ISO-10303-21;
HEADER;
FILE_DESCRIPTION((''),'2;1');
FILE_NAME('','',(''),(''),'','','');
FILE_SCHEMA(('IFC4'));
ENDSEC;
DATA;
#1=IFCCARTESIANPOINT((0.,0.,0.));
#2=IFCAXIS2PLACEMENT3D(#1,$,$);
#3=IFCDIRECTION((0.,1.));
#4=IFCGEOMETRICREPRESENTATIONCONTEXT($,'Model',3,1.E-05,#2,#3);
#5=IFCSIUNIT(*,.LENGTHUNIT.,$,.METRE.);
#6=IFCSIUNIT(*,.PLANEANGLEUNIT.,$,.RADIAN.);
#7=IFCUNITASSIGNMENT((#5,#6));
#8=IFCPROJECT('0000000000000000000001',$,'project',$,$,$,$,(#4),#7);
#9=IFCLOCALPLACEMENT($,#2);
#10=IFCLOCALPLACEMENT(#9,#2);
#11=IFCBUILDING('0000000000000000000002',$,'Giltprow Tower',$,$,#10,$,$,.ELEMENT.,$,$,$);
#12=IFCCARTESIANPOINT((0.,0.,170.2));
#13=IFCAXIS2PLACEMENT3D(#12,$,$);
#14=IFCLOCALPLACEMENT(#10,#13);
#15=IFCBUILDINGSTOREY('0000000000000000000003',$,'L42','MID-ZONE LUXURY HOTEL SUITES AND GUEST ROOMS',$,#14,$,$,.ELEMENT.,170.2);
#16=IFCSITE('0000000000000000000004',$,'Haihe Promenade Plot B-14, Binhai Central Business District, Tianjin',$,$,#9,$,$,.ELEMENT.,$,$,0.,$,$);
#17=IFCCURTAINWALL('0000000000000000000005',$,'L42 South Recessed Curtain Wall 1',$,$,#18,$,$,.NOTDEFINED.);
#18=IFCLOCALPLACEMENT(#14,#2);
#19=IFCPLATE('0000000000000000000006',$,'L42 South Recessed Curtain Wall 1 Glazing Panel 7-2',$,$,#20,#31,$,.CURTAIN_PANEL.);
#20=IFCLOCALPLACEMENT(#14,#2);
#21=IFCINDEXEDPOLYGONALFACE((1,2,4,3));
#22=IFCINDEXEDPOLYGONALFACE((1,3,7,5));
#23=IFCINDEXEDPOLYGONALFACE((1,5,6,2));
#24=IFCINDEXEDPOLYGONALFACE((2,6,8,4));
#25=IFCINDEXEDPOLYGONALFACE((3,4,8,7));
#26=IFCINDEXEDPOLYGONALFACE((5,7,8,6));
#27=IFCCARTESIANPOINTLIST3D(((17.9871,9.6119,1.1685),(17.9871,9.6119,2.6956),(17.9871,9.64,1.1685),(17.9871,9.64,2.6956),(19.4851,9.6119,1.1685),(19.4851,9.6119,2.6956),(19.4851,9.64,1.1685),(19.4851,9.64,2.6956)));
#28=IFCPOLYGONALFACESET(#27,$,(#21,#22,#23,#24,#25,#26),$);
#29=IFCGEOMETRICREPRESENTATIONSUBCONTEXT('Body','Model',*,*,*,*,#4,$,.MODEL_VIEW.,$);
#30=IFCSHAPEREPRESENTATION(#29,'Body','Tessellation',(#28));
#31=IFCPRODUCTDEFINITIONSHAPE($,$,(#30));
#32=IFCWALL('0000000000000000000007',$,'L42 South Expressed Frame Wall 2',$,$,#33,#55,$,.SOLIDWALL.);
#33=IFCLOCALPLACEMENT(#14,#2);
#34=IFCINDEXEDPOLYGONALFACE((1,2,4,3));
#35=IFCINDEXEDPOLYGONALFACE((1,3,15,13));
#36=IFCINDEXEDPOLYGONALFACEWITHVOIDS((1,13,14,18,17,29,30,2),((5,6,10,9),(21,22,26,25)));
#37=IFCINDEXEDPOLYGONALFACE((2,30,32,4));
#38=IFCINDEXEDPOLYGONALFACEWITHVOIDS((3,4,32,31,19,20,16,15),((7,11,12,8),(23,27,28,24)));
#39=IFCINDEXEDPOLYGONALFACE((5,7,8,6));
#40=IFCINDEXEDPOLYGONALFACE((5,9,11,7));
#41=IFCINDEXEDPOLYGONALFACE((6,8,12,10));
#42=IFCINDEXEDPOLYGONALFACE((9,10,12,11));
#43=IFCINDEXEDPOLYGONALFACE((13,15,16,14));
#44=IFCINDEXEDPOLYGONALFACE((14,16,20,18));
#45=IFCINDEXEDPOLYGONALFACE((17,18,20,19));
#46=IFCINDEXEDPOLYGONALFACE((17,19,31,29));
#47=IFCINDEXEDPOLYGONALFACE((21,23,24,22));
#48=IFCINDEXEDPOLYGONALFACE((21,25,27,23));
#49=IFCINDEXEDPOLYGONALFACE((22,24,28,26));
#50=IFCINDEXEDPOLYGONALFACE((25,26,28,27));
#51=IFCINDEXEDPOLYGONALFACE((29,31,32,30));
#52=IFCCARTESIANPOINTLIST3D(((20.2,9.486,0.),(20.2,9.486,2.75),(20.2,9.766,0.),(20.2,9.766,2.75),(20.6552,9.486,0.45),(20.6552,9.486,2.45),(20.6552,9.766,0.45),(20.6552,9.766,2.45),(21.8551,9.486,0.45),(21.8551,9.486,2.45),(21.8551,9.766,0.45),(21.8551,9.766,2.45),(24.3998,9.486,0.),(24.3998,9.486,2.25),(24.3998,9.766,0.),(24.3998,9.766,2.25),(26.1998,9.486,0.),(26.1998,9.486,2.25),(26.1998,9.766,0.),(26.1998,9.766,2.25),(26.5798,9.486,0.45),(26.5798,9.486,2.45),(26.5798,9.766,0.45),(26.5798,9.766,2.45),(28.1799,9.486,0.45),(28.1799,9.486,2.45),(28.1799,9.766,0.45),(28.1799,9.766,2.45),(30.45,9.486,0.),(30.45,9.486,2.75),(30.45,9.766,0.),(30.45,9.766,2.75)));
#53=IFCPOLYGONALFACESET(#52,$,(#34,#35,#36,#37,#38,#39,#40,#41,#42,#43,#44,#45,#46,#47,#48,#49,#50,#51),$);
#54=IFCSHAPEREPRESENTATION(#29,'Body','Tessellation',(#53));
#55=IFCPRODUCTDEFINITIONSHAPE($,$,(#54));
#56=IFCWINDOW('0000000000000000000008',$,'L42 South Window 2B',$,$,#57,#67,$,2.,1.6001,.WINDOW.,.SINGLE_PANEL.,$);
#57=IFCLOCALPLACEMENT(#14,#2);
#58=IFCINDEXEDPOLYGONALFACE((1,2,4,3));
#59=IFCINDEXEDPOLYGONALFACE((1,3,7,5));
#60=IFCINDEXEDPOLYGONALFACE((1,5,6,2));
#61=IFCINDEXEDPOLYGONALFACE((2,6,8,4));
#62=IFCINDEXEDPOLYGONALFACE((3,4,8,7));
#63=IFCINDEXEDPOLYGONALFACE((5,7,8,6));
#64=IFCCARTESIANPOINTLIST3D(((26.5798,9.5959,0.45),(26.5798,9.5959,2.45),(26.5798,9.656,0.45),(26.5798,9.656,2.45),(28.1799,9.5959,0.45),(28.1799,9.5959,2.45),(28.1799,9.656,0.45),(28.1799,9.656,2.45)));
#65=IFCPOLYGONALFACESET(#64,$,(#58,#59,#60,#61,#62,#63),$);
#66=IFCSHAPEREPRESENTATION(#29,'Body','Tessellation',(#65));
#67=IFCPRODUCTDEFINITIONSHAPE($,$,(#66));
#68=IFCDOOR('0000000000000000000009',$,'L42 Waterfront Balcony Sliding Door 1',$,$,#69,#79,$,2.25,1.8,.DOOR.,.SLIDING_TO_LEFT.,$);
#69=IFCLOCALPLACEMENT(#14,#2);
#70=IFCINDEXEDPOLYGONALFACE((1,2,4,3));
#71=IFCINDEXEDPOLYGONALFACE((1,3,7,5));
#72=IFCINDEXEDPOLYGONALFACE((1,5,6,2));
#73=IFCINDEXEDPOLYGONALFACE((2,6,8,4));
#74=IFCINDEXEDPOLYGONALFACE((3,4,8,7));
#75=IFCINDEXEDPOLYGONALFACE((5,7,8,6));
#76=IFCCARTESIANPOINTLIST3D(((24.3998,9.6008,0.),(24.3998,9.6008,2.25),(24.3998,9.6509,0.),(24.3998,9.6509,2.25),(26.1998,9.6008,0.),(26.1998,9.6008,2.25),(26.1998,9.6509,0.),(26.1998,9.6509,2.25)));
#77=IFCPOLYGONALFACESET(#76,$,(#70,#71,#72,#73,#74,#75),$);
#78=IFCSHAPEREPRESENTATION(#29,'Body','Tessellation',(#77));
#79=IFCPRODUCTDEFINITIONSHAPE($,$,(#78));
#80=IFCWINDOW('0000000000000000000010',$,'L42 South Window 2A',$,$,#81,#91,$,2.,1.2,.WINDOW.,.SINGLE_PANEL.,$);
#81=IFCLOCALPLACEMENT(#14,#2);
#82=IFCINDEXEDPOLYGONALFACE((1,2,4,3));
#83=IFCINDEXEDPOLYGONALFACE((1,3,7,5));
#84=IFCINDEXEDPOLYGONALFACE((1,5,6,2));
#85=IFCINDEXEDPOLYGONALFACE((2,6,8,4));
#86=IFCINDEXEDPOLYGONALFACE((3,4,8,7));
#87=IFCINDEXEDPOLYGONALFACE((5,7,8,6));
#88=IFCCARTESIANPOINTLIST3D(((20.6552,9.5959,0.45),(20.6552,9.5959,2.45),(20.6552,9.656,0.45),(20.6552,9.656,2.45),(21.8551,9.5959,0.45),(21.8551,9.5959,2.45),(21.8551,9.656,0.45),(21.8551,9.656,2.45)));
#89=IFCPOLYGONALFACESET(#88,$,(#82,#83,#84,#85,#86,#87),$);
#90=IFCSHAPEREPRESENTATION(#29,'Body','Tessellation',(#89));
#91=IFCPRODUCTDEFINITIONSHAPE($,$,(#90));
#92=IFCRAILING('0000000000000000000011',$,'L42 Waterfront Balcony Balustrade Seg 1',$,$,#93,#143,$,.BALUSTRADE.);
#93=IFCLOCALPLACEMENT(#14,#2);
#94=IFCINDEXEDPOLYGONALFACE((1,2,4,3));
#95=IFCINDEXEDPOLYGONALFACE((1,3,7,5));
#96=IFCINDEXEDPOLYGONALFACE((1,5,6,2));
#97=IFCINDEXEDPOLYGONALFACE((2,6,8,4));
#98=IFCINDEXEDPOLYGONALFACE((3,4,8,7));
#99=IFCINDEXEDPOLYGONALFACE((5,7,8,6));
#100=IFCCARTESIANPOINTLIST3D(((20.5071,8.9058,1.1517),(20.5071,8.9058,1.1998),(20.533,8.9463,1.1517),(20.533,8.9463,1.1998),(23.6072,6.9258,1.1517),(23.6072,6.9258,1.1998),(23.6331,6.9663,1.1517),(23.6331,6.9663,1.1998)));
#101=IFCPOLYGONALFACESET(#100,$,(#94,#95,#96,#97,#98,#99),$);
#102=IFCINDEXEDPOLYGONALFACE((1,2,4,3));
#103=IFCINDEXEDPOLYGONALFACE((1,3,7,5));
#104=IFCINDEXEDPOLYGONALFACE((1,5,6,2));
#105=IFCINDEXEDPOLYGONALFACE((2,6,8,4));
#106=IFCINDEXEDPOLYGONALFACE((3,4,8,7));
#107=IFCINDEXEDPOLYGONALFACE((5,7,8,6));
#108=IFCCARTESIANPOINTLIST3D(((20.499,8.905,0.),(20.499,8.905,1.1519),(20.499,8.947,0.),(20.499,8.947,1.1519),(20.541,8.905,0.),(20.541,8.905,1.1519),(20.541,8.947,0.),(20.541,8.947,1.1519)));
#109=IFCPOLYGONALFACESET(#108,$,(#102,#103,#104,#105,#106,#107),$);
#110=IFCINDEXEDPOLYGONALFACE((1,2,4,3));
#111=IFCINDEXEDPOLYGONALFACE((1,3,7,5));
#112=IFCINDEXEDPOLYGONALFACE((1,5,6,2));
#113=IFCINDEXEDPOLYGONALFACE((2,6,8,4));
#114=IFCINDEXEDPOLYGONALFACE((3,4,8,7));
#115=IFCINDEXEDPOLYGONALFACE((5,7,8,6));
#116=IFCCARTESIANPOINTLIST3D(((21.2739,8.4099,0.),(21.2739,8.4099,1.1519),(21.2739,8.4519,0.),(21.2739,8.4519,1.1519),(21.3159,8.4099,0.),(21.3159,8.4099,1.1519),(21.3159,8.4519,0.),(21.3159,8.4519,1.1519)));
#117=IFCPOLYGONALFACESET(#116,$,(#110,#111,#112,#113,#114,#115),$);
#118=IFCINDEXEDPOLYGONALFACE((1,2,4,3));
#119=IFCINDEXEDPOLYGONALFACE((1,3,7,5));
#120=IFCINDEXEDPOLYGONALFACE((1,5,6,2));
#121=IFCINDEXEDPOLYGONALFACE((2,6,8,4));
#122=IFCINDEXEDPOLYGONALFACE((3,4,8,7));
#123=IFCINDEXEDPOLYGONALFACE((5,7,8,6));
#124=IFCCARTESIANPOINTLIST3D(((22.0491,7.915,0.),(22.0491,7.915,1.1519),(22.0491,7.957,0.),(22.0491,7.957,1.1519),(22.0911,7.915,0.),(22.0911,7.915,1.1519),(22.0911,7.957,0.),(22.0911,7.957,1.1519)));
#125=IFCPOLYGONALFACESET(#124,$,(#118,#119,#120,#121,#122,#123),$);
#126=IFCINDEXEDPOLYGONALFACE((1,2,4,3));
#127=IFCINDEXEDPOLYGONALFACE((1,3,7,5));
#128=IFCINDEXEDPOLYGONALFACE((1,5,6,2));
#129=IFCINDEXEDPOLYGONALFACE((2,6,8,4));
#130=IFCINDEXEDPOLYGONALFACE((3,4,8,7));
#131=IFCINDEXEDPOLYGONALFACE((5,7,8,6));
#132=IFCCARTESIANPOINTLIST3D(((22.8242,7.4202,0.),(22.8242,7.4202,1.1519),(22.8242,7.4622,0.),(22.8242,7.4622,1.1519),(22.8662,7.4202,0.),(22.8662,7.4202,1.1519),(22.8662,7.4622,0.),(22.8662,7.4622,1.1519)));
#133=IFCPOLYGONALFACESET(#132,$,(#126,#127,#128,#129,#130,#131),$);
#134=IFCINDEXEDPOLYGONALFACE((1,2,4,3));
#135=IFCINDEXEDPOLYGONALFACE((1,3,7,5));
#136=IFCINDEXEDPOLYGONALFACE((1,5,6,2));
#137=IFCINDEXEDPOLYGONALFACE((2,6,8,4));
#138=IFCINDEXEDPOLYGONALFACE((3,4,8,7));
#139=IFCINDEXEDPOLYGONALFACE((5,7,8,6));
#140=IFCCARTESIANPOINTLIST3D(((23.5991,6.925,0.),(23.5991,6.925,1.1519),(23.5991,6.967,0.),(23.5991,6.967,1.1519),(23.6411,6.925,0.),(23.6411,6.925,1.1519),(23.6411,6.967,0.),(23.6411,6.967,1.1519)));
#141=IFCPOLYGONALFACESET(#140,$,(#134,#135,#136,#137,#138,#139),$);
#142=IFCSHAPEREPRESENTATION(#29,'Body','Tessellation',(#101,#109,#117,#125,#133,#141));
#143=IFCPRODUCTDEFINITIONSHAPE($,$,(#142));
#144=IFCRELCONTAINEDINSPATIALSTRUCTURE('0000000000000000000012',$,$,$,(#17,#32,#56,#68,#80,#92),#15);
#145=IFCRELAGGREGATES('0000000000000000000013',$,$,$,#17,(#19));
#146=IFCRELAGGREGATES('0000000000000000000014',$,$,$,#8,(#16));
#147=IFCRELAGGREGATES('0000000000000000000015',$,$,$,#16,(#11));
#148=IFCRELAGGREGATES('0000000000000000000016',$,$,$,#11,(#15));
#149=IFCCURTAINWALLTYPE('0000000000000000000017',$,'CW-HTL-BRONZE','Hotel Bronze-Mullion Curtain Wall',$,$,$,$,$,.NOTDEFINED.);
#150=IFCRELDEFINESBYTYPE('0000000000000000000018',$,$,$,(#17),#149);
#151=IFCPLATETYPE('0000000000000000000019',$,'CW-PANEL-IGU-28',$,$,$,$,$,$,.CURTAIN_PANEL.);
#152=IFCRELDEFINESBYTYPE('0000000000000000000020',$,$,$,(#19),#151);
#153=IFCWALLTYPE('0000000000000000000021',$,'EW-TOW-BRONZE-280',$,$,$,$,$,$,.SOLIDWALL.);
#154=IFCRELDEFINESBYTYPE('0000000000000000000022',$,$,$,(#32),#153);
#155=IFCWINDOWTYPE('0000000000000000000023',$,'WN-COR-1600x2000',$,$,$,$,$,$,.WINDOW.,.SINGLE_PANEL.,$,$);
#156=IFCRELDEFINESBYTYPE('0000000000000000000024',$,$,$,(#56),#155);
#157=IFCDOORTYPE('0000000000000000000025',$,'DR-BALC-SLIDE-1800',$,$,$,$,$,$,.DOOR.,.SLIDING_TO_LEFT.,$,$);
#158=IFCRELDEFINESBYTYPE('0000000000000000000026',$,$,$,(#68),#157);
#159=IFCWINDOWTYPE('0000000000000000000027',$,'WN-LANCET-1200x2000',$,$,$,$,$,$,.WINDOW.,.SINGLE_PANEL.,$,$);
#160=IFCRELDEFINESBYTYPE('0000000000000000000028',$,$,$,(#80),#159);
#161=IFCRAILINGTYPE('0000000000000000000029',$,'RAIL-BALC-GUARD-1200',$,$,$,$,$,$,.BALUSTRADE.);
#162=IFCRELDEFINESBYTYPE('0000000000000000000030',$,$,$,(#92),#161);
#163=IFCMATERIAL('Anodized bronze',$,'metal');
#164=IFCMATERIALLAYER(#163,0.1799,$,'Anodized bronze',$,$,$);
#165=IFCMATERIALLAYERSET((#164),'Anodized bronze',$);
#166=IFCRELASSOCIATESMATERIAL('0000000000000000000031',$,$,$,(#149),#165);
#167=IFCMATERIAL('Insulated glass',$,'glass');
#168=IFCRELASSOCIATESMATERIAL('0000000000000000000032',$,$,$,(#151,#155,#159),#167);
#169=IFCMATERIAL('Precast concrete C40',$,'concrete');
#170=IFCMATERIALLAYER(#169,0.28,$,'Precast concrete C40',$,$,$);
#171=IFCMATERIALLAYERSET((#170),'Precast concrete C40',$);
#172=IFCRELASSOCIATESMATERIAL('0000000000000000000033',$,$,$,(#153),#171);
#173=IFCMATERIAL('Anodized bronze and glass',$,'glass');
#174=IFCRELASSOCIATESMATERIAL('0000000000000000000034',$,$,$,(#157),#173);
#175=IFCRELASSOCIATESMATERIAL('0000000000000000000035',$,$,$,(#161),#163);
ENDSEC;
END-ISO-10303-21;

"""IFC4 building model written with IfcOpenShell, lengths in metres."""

from ifc_helpers import new_model, si_unit, direction, frame, frame_2d, origin, origin_2d, place, context, subcontext, project, spatial, rectangle, extrude, source, transform, mapped, material, layer, layer_set, type_object, element, fill, aggregate, save


model = new_model("IFC4")

# Units and contexts
model_context = context("Model", 3, precision=1e-05, world=origin(), true_north=direction((0.0, 1.0)))
body_context = subcontext(model_context, "Body", "Model", "MODEL_VIEW")
ifc_project = project(units=[si_unit("LENGTHUNIT", "METRE"), si_unit("PLANEANGLEUNIT", "RADIAN")], contexts=[model_context])

# Site, building, storey
site_placement = place(None, origin())
site = spatial("IfcSite", under=ifc_project, at=site_placement, Name="Haihe Promenade Plot B-14, Binhai Central Business District, Tianjin", CompositionType="ELEMENT", RefElevation=0.0)
building_placement = place(site_placement, origin())
building = spatial("IfcBuilding", under=site, at=building_placement, Name="Giltprow Tower", CompositionType="ELEMENT")
storey_placement = place(building_placement, frame((0.0, 0.0, 170.2)))
storey = spatial("IfcBuildingStorey", under=building, at=storey_placement, Name="L42", Description="MID-ZONE LUXURY HOTEL SUITES AND GUEST ROOMS", CompositionType="ELEMENT", Elevation=170.2)

# Curtain wall, plate
ifc_material_1 = material(Name="Anodized bronze", Category="metal")
ifc_layer_1 = layer(ifc_material_1, 0.1799, Name="Anodized bronze")
ifc_layer_set_1 = layer_set([ifc_layer_1], Name="Anodized bronze")
curtain_wall_type = type_object("IfcCurtainWallType", Name="CW-HTL-BRONZE", Description="Hotel Bronze-Mullion Curtain Wall", PredefinedType="NOTDEFINED", material=ifc_layer_set_1)
curtain_wall_placement = place(storey_placement, origin())
curtain_wall = element("IfcCurtainWall", 1, at=curtain_wall_placement, inside=storey, type_object=curtain_wall_type, Name="L42 South Recessed Curtain Wall 1", PredefinedType="NOTDEFINED")
ifc_material_2 = material(Name="Insulated glass", Category="glass")
plate_type = type_object("IfcPlateType", Name="CW-PANEL-IGU-28", PredefinedType="CURTAIN_PANEL", material=ifc_material_2)
shared_shape_1 = source(origin(), body_context, "Body", "SweptSolid", [
    extrude(rectangle(XDim=1.498, YDim=0.0281, at=origin_2d()), origin(), (0.0, 0.0, 1.0), 1.5271),
])
plate_1_placement = place(storey_placement, frame((18.7361, 9.626, 1.1685), z_axis=(0.0, 0.0, 1.0), x_axis=(1.0, 0.0, 0.0)))
plate_1 = element("IfcPlate", 2, at=plate_1_placement, type_object=plate_type, Name="L42 South Recessed Curtain Wall 1 Glazing Panel 7-2", PredefinedType="CURTAIN_PANEL", context=body_context, shape_type="MappedRepresentation", body=[
    mapped(shared_shape_1, transform((0.0, 0.0, 0.0), x_axis=(1.0, 0.0, 0.0), y_axis=(0.0, 1.0, 0.0), z_axis=(0.0, 0.0, 1.0), scale=1.0)),
])
aggregate(curtain_wall, [plate_1])

# Wall, openings, windows, door
ifc_material_3 = material(Name="Precast concrete C40", Category="concrete")
ifc_layer_2 = layer(ifc_material_3, 0.28, Name="Precast concrete C40")
ifc_layer_set_2 = layer_set([ifc_layer_2], Name="Precast concrete C40")
wall_type = type_object("IfcWallType", Name="EW-TOW-BRONZE-280", PredefinedType="SOLIDWALL", material=ifc_layer_set_2)
wall_placement = place(storey_placement, frame((20.2, 9.626, 0.0), z_axis=(0.0, 0.0, 1.0), x_axis=(1.0, 0.0, 0.0)))
wall = element("IfcWall", 3, at=wall_placement, inside=storey, type_object=wall_type, Name="L42 South Expressed Frame Wall 2", PredefinedType="SOLIDWALL", context=body_context, shape_type="SweptSolid", body=[
    extrude(rectangle(XDim=10.25, YDim=0.28, at=frame_2d((5.125, 0.0))), origin(), (0.0, 0.0, 1.0), 2.75),
])
opening_1_placement = place(wall_placement, frame((4.2, 0.0, 0.0)))
opening_1 = element("IfcOpeningElement", 4, at=opening_1_placement, cuts=wall, PredefinedType="OPENING", context=body_context, shape_type="SweptSolid", body=[
    extrude(rectangle(XDim=1.8, YDim=2.25, at=frame_2d((0.8999, 1.125))), frame((0.0, 0.1499, 0.0), z_axis=(0.0, -1.0, 0.0), x_axis=(1.0, 0.0, 0.0)), (0.0, 0.0, 1.0), 0.3),
])
opening_2_placement = place(wall_placement, frame((0.4551, 0.0, 0.45)))
opening_2 = element("IfcOpeningElement", 5, at=opening_2_placement, cuts=wall, PredefinedType="OPENING", context=body_context, shape_type="SweptSolid", body=[
    extrude(rectangle(XDim=1.2, YDim=2.0, at=frame_2d((0.6001, 1.0))), frame((0.0, 0.1499, 0.0), z_axis=(0.0, -1.0, 0.0), x_axis=(1.0, 0.0, 0.0)), (0.0, 0.0, 1.0), 0.3),
])
opening_3_placement = place(wall_placement, frame((6.3799, 0.0, 0.45)))
opening_3 = element("IfcOpeningElement", 6, at=opening_3_placement, cuts=wall, PredefinedType="OPENING", context=body_context, shape_type="SweptSolid", body=[
    extrude(rectangle(XDim=1.6001, YDim=2.0, at=frame_2d((0.8, 1.0))), frame((0.0, 0.1499, 0.0), z_axis=(0.0, -1.0, 0.0), x_axis=(1.0, 0.0, 0.0)), (0.0, 0.0, 1.0), 0.3),
])
window_type_1 = type_object("IfcWindowType", Name="WN-COR-1600x2000", PartitioningType="SINGLE_PANEL", PredefinedType="WINDOW", material=ifc_material_2)
shared_shape_2 = source(origin(), body_context, "Body", "SweptSolid", [
    extrude(rectangle(XDim=1.6001, YDim=2.0, at=frame_2d((0.8, 1.0))), frame((0.0, 0.03, 0.0), z_axis=(0.0, -1.0, 0.0), x_axis=(1.0, 0.0, 0.0)), (0.0, 0.0, 1.0), 0.0601),
])
window_1_placement = place(opening_3_placement, origin())
window_1 = element("IfcWindow", 7, at=window_1_placement, inside=storey, type_object=window_type_1, Name="L42 South Window 2B", OverallHeight=2.0, OverallWidth=1.6001, PartitioningType="SINGLE_PANEL", PredefinedType="WINDOW", context=body_context, shape_type="MappedRepresentation", body=[
    mapped(shared_shape_2, transform((0.0, 0.0, 0.0), x_axis=(1.0, 0.0, 0.0), y_axis=(0.0, 1.0, 0.0), z_axis=(0.0, 0.0, 1.0), scale=1.0)),
])
fill(opening_3, window_1)
ifc_material_4 = material(Name="Anodized bronze and glass", Category="glass")
door_type = type_object("IfcDoorType", Name="DR-BALC-SLIDE-1800", OperationType="SLIDING_TO_LEFT", PredefinedType="DOOR", material=ifc_material_4)
shared_shape_3 = source(origin(), body_context, "Body", "SweptSolid", [
    extrude(rectangle(XDim=1.8, YDim=2.25, at=frame_2d((0.8999, 1.125))), frame((0.0, 0.0249, 0.0), z_axis=(0.0, -1.0, 0.0), x_axis=(1.0, 0.0, 0.0)), (0.0, 0.0, 1.0), 0.05),
])
door_placement = place(opening_1_placement, origin())
door = element("IfcDoor", 8, at=door_placement, inside=storey, type_object=door_type, Name="L42 Waterfront Balcony Sliding Door 1", OperationType="SLIDING_TO_LEFT", OverallHeight=2.25, OverallWidth=1.8, PredefinedType="DOOR", context=body_context, shape_type="MappedRepresentation", body=[
    mapped(shared_shape_3, transform((0.0, 0.0, 0.0), x_axis=(1.0, 0.0, 0.0), y_axis=(0.0, 1.0, 0.0), z_axis=(0.0, 0.0, 1.0), scale=1.0)),
])
fill(opening_1, door)
window_type_2 = type_object("IfcWindowType", Name="WN-LANCET-1200x2000", PartitioningType="SINGLE_PANEL", PredefinedType="WINDOW", material=ifc_material_2)
shared_shape_4 = source(origin(), body_context, "Body", "SweptSolid", [
    extrude(rectangle(XDim=1.2, YDim=2.0, at=frame_2d((0.6001, 1.0))), frame((0.0, 0.03, 0.0), z_axis=(0.0, -1.0, 0.0), x_axis=(1.0, 0.0, 0.0)), (0.0, 0.0, 1.0), 0.0601),
])
window_2_placement = place(opening_2_placement, origin())
window_2 = element("IfcWindow", 9, at=window_2_placement, inside=storey, type_object=window_type_2, Name="L42 South Window 2A", OverallHeight=2.0, OverallWidth=1.2, PartitioningType="SINGLE_PANEL", PredefinedType="WINDOW", context=body_context, shape_type="MappedRepresentation", body=[
    mapped(shared_shape_4, transform((0.0, 0.0, 0.0), x_axis=(1.0, 0.0, 0.0), y_axis=(0.0, 1.0, 0.0), z_axis=(0.0, 0.0, 1.0), scale=1.0)),
])
fill(opening_2, window_2)

# Railing
railing_type = type_object("IfcRailingType", Name="RAIL-BALC-GUARD-1200", PredefinedType="BALUSTRADE", material=ifc_material_1)
railing_1_placement = place(storey_placement, frame((20.52, 8.926, 0.0)))
element("IfcRailing", 10, at=railing_1_placement, inside=storey, type_object=railing_type, Name="L42 Waterfront Balcony Balustrade Seg 1", PredefinedType="BALUSTRADE", context=body_context, shape_type="SweptSolid", body=[
    extrude(rectangle(XDim=0.0481, YDim=0.0481, at=origin_2d()), frame((0.0, 0.0, 1.1758), z_axis=(0.842775, -0.538266, 0.0), x_axis=(0.538266, 0.842775, 0.0)), (0.0, 0.0, 1.0), 3.6785),
    extrude(rectangle(XDim=0.042, YDim=0.042, at=origin_2d()), origin(), (0.0, 0.0, 1.0), 1.1519),
    extrude(rectangle(XDim=0.042, YDim=0.042, at=origin_2d()), frame((0.7749, -0.4951, 0.0)), (0.0, 0.0, 1.0), 1.1519),
    extrude(rectangle(XDim=0.042, YDim=0.042, at=origin_2d()), frame((1.55, -0.99, 0.0)), (0.0, 0.0, 1.0), 1.1519),
    extrude(rectangle(XDim=0.042, YDim=0.042, at=origin_2d()), frame((2.3252, -1.4849, 0.0)), (0.0, 0.0, 1.0), 1.1519),
    extrude(rectangle(XDim=0.042, YDim=0.042, at=origin_2d()), frame((3.1001, -1.98, 0.0)), (0.0, 0.0, 1.0), 1.1519),
])

save(model, "model.ifc")
